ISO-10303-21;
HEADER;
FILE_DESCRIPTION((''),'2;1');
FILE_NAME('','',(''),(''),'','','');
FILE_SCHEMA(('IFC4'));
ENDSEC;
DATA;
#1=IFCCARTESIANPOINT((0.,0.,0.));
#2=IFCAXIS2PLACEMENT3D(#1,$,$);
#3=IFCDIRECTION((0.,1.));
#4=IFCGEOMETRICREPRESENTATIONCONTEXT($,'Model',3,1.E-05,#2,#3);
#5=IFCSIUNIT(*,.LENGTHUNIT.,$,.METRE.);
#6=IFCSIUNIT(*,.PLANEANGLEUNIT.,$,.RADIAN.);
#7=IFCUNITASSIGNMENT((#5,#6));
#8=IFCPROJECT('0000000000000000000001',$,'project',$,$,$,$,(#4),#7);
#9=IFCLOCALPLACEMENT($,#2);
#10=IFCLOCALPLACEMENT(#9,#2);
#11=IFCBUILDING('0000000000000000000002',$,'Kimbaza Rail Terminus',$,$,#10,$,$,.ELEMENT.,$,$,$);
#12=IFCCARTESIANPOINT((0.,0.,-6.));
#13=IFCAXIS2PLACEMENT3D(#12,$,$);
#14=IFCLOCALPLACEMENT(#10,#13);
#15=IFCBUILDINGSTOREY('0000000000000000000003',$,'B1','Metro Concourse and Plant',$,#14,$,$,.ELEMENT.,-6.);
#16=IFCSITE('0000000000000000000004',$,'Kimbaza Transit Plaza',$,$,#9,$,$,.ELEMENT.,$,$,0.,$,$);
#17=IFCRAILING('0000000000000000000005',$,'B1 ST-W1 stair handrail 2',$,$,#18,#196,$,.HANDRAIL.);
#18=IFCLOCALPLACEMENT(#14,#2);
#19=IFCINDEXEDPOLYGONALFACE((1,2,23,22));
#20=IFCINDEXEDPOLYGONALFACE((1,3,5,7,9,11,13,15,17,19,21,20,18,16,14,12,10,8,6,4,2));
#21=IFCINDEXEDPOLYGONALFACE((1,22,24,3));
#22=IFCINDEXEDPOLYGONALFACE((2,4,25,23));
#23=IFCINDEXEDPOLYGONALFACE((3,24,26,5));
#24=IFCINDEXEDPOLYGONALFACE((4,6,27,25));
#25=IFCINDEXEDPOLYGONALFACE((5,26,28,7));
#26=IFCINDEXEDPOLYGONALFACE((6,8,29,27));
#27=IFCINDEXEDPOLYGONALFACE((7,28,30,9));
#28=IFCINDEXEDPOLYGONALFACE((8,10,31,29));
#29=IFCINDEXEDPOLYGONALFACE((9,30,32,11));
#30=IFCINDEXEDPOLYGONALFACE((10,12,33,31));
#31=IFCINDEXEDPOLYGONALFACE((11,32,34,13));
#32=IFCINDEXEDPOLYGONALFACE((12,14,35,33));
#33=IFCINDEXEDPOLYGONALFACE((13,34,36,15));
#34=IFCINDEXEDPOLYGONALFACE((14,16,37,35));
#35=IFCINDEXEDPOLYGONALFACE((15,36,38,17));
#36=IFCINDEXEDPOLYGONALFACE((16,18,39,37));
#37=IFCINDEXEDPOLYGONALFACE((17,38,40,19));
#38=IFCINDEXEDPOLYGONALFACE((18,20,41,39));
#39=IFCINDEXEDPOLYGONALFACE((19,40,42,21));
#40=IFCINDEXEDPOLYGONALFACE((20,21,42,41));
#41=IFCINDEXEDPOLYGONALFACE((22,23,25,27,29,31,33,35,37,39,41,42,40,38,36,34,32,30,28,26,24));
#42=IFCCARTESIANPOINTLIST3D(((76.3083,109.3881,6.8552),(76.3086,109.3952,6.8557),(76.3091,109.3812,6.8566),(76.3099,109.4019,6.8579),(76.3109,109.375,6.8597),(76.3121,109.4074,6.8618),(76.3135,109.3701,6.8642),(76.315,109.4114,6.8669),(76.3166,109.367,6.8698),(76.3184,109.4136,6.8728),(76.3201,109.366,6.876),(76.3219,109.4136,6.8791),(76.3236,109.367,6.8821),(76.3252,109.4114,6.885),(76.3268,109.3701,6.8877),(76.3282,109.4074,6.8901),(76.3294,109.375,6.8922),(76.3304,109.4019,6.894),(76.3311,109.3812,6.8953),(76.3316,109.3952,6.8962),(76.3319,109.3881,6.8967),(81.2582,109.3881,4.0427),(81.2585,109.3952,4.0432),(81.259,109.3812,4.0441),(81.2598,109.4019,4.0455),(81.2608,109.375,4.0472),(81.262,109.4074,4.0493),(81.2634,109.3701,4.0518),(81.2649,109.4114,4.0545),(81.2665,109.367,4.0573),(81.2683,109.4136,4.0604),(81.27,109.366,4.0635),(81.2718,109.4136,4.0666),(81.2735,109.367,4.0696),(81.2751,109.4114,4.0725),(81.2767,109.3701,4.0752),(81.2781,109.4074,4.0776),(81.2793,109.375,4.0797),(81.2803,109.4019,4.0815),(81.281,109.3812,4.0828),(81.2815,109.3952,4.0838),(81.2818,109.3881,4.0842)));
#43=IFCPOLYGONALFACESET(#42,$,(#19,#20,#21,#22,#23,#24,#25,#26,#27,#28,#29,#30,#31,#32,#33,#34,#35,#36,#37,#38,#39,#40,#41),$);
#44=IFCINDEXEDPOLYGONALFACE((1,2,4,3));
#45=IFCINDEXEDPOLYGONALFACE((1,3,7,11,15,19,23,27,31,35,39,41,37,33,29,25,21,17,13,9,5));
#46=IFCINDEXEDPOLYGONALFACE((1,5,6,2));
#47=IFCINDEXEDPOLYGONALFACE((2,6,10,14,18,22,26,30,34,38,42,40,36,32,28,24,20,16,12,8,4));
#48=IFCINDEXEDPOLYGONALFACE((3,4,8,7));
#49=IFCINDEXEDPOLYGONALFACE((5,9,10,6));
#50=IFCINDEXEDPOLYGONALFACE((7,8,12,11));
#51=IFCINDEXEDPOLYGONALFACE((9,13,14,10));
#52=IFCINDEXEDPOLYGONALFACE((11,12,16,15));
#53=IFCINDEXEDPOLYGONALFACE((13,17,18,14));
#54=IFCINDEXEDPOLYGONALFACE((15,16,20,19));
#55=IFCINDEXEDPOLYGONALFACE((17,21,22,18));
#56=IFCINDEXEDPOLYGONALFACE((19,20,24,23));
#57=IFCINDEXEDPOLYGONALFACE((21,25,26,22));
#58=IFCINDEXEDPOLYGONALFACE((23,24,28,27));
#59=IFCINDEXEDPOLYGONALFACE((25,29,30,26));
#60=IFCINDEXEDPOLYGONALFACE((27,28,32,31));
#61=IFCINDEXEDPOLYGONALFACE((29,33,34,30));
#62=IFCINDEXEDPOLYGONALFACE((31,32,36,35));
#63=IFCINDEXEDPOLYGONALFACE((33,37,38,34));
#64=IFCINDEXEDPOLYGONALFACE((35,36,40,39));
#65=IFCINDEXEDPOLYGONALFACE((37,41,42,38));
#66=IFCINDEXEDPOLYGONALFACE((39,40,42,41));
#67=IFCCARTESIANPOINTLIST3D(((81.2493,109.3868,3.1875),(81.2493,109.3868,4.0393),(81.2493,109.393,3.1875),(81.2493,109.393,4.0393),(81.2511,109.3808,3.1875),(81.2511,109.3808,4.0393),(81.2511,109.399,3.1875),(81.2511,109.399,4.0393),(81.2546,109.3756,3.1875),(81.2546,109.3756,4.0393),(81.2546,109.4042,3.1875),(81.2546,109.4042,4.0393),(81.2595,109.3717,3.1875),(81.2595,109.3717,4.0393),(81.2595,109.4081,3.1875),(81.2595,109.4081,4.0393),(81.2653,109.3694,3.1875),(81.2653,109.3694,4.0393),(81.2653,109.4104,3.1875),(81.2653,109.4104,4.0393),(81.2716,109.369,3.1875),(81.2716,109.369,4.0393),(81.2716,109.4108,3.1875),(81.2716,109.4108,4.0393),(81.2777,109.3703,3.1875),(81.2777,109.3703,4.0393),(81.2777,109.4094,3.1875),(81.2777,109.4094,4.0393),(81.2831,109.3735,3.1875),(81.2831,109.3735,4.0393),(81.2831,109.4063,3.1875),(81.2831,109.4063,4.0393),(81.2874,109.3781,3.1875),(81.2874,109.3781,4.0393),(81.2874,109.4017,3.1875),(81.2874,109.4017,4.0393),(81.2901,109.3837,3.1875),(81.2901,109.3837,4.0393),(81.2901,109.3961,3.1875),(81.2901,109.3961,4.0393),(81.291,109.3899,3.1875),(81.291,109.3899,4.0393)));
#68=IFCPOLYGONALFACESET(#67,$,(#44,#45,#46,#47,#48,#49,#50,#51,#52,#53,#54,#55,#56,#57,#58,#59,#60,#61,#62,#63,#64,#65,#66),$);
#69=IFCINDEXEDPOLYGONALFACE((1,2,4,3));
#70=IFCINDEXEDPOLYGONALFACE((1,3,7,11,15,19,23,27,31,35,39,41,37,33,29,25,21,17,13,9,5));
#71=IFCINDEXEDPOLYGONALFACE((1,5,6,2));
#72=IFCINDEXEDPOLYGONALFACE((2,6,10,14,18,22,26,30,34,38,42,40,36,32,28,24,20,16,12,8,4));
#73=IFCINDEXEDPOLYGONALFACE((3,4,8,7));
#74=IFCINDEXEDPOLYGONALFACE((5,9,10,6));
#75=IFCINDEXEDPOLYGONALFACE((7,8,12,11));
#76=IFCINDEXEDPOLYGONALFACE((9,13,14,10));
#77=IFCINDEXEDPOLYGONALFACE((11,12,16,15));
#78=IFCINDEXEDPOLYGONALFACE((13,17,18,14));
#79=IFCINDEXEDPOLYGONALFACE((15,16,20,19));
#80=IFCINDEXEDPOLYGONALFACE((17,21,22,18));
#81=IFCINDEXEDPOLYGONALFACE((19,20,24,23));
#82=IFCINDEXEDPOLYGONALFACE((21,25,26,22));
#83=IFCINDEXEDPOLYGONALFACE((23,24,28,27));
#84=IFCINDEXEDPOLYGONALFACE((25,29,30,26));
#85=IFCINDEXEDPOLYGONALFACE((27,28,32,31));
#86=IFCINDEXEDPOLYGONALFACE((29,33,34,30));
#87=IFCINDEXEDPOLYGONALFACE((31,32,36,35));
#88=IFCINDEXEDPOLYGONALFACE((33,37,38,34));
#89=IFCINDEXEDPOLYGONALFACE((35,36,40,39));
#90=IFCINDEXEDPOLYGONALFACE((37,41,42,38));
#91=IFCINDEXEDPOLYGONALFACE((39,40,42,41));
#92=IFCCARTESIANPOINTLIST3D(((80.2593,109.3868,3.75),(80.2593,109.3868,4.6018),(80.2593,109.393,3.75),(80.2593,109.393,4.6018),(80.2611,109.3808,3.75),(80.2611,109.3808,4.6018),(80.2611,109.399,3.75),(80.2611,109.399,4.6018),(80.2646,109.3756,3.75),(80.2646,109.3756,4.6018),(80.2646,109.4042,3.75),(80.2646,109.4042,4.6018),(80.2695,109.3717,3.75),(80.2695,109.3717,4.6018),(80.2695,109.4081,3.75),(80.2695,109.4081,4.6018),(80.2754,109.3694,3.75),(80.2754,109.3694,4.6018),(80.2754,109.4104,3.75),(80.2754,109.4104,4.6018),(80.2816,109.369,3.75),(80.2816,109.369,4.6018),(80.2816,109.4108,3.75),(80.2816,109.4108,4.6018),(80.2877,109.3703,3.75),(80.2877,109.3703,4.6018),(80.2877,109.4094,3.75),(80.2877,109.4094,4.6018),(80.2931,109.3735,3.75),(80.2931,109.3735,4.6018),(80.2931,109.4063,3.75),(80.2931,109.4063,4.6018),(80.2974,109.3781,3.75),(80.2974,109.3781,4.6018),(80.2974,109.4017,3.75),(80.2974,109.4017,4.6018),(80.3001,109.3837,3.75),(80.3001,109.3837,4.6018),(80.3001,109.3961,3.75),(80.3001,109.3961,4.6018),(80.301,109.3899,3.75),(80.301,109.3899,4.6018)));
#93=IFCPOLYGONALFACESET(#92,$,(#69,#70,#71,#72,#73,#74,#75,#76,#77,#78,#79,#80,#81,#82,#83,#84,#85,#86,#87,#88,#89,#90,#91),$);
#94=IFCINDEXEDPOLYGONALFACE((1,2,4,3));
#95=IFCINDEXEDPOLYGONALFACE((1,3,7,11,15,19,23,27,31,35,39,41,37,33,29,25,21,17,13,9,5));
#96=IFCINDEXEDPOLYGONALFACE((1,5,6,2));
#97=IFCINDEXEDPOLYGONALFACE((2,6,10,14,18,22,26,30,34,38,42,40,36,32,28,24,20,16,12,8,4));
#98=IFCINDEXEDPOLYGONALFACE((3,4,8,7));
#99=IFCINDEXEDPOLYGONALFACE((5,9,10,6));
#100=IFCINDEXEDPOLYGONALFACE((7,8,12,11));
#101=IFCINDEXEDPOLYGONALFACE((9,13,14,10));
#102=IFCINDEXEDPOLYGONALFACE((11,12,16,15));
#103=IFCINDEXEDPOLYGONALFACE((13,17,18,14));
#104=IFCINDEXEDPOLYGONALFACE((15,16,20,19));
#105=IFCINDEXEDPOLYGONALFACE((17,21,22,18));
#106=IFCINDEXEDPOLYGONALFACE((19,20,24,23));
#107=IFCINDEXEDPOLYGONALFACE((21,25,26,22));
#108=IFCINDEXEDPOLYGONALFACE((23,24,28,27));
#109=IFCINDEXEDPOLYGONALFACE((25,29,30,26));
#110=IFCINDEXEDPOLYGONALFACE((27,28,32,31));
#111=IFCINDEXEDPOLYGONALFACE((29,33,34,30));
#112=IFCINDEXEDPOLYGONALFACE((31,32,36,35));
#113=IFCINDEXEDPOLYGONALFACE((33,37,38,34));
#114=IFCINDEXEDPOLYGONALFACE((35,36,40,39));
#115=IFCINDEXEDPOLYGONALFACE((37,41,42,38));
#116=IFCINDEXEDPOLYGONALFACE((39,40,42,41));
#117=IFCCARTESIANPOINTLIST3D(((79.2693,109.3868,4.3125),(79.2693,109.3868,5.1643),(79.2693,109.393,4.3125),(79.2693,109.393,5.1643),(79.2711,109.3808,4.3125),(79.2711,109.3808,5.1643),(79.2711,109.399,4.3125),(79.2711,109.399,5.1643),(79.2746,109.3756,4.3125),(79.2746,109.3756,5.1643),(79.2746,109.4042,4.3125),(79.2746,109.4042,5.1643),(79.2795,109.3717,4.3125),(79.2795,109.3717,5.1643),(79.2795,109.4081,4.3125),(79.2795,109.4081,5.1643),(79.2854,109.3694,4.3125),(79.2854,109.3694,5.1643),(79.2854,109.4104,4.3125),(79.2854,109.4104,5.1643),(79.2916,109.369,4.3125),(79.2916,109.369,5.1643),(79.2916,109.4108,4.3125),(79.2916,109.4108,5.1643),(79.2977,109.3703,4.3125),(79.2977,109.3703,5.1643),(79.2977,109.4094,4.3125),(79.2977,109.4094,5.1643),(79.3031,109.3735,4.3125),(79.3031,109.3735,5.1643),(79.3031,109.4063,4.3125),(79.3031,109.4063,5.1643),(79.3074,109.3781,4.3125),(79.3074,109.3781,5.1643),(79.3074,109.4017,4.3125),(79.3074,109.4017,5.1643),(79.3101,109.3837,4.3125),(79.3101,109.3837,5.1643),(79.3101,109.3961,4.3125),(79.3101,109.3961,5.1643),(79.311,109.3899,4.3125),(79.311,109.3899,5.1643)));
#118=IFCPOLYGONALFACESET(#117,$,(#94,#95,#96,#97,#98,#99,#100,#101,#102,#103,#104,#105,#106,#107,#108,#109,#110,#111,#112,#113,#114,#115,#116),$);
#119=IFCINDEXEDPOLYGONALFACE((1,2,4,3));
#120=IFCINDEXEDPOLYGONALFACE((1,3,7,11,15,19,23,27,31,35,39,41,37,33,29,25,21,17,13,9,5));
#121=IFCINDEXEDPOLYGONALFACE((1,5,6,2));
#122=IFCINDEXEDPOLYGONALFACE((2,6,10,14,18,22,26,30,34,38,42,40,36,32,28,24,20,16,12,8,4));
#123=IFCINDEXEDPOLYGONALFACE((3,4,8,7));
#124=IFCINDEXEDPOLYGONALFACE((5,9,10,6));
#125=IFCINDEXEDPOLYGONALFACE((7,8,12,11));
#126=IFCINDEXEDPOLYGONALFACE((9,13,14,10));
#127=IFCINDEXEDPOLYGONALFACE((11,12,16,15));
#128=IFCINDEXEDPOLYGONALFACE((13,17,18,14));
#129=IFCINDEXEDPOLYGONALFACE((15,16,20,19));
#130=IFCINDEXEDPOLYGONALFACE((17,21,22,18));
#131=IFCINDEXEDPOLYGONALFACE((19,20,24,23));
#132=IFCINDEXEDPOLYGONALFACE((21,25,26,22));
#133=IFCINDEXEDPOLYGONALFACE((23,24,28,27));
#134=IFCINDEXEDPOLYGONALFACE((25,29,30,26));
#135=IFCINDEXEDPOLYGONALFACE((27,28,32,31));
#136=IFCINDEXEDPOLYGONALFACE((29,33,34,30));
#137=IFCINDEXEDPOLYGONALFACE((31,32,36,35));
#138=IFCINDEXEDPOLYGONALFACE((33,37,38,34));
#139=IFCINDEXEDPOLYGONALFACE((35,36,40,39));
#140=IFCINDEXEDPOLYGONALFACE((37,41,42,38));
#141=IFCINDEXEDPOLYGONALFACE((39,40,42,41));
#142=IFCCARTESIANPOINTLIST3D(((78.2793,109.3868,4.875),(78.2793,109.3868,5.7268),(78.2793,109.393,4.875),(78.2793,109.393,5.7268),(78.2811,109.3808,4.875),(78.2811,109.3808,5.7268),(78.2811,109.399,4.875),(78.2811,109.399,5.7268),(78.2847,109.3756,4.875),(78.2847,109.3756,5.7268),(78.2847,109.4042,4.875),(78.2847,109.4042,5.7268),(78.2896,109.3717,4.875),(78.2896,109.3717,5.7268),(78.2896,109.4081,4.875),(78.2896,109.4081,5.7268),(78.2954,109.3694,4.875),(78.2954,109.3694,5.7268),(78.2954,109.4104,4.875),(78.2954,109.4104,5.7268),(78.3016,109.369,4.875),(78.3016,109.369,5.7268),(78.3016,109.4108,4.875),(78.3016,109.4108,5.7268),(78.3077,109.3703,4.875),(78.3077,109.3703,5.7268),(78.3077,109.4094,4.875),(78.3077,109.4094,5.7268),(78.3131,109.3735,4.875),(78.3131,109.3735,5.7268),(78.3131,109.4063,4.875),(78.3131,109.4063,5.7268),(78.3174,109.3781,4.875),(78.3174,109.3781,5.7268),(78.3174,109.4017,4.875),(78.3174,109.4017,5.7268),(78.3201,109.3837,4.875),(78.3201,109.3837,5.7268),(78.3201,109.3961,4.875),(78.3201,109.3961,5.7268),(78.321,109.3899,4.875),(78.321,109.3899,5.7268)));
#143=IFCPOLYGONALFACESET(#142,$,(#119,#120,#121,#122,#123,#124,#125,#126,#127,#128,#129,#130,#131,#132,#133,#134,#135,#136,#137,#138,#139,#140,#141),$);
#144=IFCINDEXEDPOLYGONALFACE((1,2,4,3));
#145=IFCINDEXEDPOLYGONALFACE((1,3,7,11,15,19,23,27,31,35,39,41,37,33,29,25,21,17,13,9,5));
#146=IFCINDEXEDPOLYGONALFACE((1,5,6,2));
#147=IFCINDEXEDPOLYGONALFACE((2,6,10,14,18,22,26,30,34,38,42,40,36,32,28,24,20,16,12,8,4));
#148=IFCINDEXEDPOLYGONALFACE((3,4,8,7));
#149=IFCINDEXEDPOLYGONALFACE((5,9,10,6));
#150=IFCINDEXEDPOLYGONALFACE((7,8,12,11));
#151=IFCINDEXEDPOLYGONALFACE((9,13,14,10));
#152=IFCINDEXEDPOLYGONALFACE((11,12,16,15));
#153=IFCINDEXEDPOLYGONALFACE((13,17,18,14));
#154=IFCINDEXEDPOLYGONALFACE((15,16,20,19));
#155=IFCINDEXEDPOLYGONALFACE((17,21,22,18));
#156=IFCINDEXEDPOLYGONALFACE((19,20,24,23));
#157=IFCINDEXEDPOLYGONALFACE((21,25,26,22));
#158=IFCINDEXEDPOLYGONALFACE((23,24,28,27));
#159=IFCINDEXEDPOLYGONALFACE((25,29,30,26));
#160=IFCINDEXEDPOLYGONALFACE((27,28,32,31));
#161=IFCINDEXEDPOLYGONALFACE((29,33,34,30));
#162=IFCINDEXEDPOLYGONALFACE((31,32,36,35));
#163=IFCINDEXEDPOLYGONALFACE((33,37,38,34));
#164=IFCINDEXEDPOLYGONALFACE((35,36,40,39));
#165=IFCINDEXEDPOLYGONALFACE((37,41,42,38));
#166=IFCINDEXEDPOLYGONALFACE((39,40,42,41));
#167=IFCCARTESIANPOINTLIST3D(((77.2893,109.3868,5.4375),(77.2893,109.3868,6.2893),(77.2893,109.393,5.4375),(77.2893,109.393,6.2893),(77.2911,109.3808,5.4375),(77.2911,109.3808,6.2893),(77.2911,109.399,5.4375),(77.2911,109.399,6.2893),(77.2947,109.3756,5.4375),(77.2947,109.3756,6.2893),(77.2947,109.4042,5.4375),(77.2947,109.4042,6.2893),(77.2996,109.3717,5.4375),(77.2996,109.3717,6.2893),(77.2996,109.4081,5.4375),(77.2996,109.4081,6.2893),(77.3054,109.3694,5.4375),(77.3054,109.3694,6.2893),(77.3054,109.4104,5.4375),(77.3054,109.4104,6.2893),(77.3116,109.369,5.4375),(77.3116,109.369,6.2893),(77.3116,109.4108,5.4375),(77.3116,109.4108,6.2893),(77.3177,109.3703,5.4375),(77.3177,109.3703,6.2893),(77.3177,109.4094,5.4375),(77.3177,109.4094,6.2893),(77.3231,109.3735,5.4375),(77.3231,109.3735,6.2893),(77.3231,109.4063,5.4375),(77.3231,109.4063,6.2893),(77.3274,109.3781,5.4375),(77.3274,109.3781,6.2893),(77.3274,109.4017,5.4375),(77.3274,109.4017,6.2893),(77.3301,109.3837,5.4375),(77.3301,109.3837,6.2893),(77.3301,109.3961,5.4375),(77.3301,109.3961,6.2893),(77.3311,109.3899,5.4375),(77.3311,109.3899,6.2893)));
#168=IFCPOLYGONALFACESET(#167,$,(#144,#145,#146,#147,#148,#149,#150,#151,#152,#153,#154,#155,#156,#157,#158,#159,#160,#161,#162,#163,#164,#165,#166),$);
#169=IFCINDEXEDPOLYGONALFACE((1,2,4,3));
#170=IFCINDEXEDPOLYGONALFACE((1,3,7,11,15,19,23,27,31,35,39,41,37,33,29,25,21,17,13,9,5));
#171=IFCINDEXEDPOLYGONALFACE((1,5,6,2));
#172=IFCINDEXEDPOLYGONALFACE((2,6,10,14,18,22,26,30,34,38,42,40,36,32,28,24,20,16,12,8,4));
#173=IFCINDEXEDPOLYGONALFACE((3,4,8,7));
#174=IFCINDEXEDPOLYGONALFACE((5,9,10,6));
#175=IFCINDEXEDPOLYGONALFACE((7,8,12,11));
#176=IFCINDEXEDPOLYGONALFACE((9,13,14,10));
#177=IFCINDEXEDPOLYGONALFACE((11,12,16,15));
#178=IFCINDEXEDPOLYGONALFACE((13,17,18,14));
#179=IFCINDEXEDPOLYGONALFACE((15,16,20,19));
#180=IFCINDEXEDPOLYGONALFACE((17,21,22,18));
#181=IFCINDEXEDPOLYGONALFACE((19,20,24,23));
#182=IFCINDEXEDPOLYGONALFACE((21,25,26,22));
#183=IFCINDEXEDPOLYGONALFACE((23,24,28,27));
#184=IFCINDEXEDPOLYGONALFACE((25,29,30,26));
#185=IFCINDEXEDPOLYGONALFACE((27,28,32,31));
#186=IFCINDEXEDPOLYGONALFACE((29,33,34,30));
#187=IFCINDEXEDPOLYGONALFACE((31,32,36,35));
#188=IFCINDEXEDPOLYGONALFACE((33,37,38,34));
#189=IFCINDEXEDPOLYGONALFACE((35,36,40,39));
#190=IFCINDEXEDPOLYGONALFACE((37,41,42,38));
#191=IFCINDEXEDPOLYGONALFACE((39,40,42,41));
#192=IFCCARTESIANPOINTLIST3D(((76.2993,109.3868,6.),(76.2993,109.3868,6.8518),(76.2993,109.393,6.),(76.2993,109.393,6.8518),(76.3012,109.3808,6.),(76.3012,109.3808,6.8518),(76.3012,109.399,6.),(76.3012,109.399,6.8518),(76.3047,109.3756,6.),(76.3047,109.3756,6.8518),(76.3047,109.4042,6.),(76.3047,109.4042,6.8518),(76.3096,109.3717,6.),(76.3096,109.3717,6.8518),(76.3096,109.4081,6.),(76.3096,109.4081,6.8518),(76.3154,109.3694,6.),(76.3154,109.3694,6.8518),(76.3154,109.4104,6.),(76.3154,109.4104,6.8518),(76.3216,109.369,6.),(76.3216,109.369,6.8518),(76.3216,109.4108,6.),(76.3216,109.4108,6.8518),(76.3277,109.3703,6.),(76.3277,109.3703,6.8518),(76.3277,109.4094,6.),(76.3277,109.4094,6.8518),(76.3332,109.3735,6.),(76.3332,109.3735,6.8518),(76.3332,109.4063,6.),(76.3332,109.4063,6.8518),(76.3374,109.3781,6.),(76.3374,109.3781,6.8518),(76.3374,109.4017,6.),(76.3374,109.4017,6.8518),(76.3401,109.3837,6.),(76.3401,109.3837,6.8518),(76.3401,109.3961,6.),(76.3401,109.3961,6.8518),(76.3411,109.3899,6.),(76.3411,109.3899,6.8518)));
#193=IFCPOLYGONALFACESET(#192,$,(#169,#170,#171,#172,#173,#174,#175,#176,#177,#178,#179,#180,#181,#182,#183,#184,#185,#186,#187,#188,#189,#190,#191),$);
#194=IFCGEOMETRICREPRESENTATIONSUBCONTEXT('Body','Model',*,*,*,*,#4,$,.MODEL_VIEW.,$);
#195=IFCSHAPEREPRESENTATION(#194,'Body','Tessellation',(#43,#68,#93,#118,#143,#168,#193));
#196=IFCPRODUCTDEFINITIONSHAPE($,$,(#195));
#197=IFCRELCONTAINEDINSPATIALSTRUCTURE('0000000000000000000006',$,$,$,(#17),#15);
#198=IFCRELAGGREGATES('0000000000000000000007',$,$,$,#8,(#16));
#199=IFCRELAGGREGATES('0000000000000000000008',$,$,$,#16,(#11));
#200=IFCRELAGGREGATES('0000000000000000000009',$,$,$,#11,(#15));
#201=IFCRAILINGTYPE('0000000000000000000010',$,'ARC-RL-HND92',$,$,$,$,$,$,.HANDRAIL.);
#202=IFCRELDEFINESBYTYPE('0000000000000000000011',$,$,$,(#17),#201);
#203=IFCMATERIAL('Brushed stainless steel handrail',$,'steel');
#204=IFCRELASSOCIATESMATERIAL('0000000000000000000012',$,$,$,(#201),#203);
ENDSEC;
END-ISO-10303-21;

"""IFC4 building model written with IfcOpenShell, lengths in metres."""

from ifc_helpers import new_model, si_unit, direction, frame, origin, origin_2d, place, context, subcontext, project, spatial, circle, extrude, material, type_object, element, save


model = new_model("IFC4")

# Units and contexts
model_context = context("Model", 3, precision=1e-05, world=origin(), true_north=direction((0.0, 1.0)))
body_context = subcontext(model_context, "Body", "Model", "MODEL_VIEW")
ifc_project = project(units=[si_unit("LENGTHUNIT", "METRE"), si_unit("PLANEANGLEUNIT", "RADIAN")], contexts=[model_context])

# Site, building, storey
site_placement = place(None, origin())
site = spatial("IfcSite", under=ifc_project, at=site_placement, Name="Kimbaza Transit Plaza", CompositionType="ELEMENT", RefElevation=0.0)
building_placement = place(site_placement, origin())
building = spatial("IfcBuilding", under=site, at=building_placement, Name="Kimbaza Rail Terminus", CompositionType="ELEMENT")
storey_placement = place(building_placement, frame((0.0, 0.0, -6.0)))
storey = spatial("IfcBuildingStorey", under=building, at=storey_placement, Name="B1", Description="Metro Concourse and Plant", CompositionType="ELEMENT", Elevation=-6.0)

# Railing
ifc_material_1 = material(Name="Brushed stainless steel handrail", Category="steel")
railing_type_1 = type_object("IfcRailingType", Name="ARC-RL-HND92", PredefinedType="HANDRAIL", material=ifc_material_1)
railing_1_placement = place(storey_placement, frame((81.27, 109.3899, 3.1875)))
element("IfcRailing", 1, at=railing_1_placement, inside=storey, type_object=railing_type_1, Name="B1 ST-W1 stair handrail 2", PredefinedType="HANDRAIL", context=body_context, shape_type="SweptSolid", body=[
    extrude(circle(Radius=0.0239, at=origin_2d()), frame((0.0, 0.0, 0.876), z_axis=(-0.869454, 0.0, 0.494013), x_axis=(0.0, -1.0, 0.0)), (0.0, 0.0, 1.0), 5.6931),
    extrude(circle(Radius=0.021, at=origin_2d()), origin(), (0.0, 0.0, 1.0), 0.8518),
    extrude(circle(Radius=0.021, at=origin_2d()), frame((-0.99, 0.0, 0.5625)), (0.0, 0.0, 1.0), 0.8518),
    extrude(circle(Radius=0.021, at=origin_2d()), frame((-1.98, 0.0, 1.125)), (0.0, 0.0, 1.0), 0.8518),
    extrude(circle(Radius=0.021, at=origin_2d()), frame((-2.97, 0.0, 1.6875)), (0.0, 0.0, 1.0), 0.8518),
    extrude(circle(Radius=0.021, at=origin_2d()), frame((-3.96, 0.0, 2.25)), (0.0, 0.0, 1.0), 0.8518),
    extrude(circle(Radius=0.021, at=origin_2d()), frame((-4.95, 0.0, 2.8125)), (0.0, 0.0, 1.0), 0.8518),
])

save(model, "model.ifc")
